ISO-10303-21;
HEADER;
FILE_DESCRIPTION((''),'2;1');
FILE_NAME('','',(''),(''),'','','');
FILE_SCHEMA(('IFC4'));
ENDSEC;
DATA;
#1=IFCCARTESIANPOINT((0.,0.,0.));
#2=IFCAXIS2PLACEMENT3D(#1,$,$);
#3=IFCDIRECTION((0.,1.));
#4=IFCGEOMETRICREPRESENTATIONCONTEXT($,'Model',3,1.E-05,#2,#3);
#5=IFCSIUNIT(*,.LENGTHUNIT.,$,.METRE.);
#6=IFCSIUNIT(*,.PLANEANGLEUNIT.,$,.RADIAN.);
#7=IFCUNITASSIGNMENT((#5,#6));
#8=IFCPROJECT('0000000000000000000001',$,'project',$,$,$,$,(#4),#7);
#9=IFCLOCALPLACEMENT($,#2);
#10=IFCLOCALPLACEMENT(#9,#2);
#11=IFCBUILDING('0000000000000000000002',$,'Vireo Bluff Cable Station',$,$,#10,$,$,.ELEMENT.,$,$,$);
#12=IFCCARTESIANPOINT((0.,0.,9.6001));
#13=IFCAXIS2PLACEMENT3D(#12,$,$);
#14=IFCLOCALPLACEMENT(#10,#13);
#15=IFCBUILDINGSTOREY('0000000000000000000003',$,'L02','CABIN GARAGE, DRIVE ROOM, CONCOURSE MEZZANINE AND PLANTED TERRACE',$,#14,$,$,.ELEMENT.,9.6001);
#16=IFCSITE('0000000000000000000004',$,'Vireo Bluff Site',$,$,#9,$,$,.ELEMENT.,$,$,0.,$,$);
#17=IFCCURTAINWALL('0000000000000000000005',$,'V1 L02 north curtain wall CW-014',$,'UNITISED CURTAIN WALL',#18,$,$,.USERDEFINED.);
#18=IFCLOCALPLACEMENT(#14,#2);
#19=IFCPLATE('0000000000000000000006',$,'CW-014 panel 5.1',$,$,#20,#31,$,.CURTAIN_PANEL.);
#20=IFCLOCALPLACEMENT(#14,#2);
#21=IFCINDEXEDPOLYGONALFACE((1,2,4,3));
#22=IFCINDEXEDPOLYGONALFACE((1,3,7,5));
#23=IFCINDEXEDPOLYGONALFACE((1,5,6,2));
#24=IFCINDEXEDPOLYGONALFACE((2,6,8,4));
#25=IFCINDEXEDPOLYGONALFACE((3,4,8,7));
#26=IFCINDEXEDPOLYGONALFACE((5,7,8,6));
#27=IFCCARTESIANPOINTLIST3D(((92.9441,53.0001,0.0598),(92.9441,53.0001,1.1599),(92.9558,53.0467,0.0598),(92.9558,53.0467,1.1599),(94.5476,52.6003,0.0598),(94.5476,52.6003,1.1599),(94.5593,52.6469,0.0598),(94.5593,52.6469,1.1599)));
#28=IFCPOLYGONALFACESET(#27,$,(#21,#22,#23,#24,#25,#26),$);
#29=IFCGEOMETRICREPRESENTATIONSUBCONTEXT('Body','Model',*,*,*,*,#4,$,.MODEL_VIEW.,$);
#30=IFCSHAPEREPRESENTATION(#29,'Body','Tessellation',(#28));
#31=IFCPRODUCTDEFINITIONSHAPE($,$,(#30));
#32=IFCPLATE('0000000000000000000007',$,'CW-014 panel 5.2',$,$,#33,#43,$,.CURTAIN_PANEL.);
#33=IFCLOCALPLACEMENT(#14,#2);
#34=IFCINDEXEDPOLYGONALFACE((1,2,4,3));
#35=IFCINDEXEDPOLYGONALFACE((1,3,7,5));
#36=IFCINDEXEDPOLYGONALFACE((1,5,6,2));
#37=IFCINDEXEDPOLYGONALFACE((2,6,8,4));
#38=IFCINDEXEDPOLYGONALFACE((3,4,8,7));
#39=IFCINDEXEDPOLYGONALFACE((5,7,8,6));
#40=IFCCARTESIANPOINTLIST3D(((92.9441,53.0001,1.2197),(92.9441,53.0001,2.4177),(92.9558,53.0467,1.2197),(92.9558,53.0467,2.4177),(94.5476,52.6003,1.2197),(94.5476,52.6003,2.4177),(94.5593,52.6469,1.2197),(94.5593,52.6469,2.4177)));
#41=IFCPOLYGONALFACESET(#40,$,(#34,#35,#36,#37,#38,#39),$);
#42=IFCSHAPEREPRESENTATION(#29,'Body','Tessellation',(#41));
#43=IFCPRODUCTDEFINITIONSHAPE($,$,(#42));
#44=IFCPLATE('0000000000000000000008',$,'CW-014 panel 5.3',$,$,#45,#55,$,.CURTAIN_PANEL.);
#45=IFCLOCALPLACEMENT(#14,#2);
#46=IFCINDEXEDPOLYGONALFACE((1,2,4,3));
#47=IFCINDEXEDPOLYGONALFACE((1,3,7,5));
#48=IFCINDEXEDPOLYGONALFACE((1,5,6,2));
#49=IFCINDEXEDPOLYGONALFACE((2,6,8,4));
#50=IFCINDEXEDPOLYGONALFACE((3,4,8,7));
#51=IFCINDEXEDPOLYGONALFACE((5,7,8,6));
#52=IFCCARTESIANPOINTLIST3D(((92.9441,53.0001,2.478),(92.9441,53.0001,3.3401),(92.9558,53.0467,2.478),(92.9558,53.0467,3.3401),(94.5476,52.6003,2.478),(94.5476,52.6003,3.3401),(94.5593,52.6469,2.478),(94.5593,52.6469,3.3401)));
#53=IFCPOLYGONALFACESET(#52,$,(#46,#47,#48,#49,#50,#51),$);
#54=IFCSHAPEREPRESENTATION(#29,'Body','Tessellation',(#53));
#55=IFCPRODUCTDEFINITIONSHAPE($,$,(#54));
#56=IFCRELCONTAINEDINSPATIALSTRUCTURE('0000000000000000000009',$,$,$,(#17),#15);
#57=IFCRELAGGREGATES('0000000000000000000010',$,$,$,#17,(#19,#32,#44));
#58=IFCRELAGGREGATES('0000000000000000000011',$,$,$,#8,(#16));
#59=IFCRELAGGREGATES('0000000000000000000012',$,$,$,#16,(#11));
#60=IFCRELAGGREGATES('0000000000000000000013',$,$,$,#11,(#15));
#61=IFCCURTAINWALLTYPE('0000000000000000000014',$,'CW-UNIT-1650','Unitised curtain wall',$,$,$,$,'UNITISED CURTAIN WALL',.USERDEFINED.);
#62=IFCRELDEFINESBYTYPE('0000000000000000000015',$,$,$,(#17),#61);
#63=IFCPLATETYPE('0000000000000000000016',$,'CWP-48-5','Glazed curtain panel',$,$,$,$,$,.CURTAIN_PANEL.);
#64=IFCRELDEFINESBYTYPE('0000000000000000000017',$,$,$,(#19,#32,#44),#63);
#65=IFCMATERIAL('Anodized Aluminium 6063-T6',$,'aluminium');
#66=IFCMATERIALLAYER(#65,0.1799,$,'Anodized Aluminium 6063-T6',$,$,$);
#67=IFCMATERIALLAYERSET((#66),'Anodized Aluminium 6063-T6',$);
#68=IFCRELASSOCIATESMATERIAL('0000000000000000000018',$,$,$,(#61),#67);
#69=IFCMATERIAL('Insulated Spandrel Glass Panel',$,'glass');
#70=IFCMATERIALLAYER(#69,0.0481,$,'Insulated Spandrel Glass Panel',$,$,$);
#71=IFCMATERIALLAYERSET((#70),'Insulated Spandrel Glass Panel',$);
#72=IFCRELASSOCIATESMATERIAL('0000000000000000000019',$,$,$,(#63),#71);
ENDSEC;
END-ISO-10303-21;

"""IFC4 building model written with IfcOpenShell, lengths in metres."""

from ifc_helpers import new_model, si_unit, direction, frame, origin, origin_2d, place, context, subcontext, project, spatial, rectangle, extrude, material, layer, layer_set, type_object, element, aggregate, save


model = new_model("IFC4")

# Units and contexts
model_context = context("Model", 3, precision=1e-05, world=origin(), true_north=direction((0.0, 1.0)))
body_context = subcontext(model_context, "Body", "Model", "MODEL_VIEW")
ifc_project = project(units=[si_unit("LENGTHUNIT", "METRE"), si_unit("PLANEANGLEUNIT", "RADIAN")], contexts=[model_context])

# Site, building, storey
site_placement = place(None, origin())
site = spatial("IfcSite", under=ifc_project, at=site_placement, Name="Vireo Bluff Site", CompositionType="ELEMENT", RefElevation=0.0)
building_placement = place(site_placement, origin())
building = spatial("IfcBuilding", under=site, at=building_placement, Name="Vireo Bluff Cable Station", CompositionType="ELEMENT")
storey_placement = place(building_placement, frame((0.0, 0.0, 9.6001)))
storey = spatial("IfcBuildingStorey", under=building, at=storey_placement, Name="L02", Description="CABIN GARAGE, DRIVE ROOM, CONCOURSE MEZZANINE AND PLANTED TERRACE", CompositionType="ELEMENT", Elevation=9.6001)

# Curtain wall
ifc_material_1 = material(Name="Anodized Aluminium 6063-T6", Category="aluminium")
ifc_layer_1 = layer(ifc_material_1, 0.1799, Name="Anodized Aluminium 6063-T6")
ifc_layer_set_1 = layer_set([ifc_layer_1], Name="Anodized Aluminium 6063-T6")
curtain_wall_type_1 = type_object("IfcCurtainWallType", Name="CW-UNIT-1650", Description="Unitised curtain wall", ElementType="UNITISED CURTAIN WALL", PredefinedType="USERDEFINED", material=ifc_layer_set_1)
curtain_wall_1_placement = place(storey_placement, origin())
curtain_wall_1 = element("IfcCurtainWall", 1, at=curtain_wall_1_placement, inside=storey, type_object=curtain_wall_type_1, Name="V1 L02 north curtain wall CW-014", ObjectType="UNITISED CURTAIN WALL", PredefinedType="USERDEFINED")

# Plates
ifc_material_2 = material(Name="Insulated Spandrel Glass Panel", Category="glass")
ifc_layer_2 = layer(ifc_material_2, 0.0481, Name="Insulated Spandrel Glass Panel")
ifc_layer_set_2 = layer_set([ifc_layer_2], Name="Insulated Spandrel Glass Panel")
plate_type = type_object("IfcPlateType", Name="CWP-48-5", Description="Glazed curtain panel", PredefinedType="CURTAIN_PANEL", material=ifc_layer_set_2)
plate_1_placement = place(storey_placement, frame((93.7517, 52.8235, 0.0598), z_axis=(0.0, 0.0, 1.0), x_axis=(0.970296, -0.241922, 0.0)))
plate_1 = element("IfcPlate", 2, at=plate_1_placement, type_object=plate_type, Name="CW-014 panel 5.1", PredefinedType="CURTAIN_PANEL", context=body_context, shape_type="SweptSolid", body=[
    extrude(rectangle(XDim=1.6526, YDim=0.0481, at=origin_2d()), origin(), (0.0, 0.0, 1.0), 1.1001),
])
plate_2_placement = place(storey_placement, frame((93.7517, 52.8235, 1.2197), z_axis=(0.0, 0.0, 1.0), x_axis=(0.970296, -0.241922, 0.0)))
plate_2 = element("IfcPlate", 3, at=plate_2_placement, type_object=plate_type, Name="CW-014 panel 5.2", PredefinedType="CURTAIN_PANEL", context=body_context, shape_type="SweptSolid", body=[
    extrude(rectangle(XDim=1.6526, YDim=0.0481, at=origin_2d()), origin(), (0.0, 0.0, 1.0), 1.198),
])
plate_3_placement = place(storey_placement, frame((93.7517, 52.8235, 2.478), z_axis=(0.0, 0.0, 1.0), x_axis=(0.970296, -0.241922, 0.0)))
plate_3 = element("IfcPlate", 4, at=plate_3_placement, type_object=plate_type, Name="CW-014 panel 5.3", PredefinedType="CURTAIN_PANEL", context=body_context, shape_type="SweptSolid", body=[
    extrude(rectangle(XDim=1.6526, YDim=0.0481, at=origin_2d()), origin(), (0.0, 0.0, 1.0), 0.8621),
])
aggregate(curtain_wall_1, [plate_1, plate_2, plate_3])

save(model, "model.ifc")
